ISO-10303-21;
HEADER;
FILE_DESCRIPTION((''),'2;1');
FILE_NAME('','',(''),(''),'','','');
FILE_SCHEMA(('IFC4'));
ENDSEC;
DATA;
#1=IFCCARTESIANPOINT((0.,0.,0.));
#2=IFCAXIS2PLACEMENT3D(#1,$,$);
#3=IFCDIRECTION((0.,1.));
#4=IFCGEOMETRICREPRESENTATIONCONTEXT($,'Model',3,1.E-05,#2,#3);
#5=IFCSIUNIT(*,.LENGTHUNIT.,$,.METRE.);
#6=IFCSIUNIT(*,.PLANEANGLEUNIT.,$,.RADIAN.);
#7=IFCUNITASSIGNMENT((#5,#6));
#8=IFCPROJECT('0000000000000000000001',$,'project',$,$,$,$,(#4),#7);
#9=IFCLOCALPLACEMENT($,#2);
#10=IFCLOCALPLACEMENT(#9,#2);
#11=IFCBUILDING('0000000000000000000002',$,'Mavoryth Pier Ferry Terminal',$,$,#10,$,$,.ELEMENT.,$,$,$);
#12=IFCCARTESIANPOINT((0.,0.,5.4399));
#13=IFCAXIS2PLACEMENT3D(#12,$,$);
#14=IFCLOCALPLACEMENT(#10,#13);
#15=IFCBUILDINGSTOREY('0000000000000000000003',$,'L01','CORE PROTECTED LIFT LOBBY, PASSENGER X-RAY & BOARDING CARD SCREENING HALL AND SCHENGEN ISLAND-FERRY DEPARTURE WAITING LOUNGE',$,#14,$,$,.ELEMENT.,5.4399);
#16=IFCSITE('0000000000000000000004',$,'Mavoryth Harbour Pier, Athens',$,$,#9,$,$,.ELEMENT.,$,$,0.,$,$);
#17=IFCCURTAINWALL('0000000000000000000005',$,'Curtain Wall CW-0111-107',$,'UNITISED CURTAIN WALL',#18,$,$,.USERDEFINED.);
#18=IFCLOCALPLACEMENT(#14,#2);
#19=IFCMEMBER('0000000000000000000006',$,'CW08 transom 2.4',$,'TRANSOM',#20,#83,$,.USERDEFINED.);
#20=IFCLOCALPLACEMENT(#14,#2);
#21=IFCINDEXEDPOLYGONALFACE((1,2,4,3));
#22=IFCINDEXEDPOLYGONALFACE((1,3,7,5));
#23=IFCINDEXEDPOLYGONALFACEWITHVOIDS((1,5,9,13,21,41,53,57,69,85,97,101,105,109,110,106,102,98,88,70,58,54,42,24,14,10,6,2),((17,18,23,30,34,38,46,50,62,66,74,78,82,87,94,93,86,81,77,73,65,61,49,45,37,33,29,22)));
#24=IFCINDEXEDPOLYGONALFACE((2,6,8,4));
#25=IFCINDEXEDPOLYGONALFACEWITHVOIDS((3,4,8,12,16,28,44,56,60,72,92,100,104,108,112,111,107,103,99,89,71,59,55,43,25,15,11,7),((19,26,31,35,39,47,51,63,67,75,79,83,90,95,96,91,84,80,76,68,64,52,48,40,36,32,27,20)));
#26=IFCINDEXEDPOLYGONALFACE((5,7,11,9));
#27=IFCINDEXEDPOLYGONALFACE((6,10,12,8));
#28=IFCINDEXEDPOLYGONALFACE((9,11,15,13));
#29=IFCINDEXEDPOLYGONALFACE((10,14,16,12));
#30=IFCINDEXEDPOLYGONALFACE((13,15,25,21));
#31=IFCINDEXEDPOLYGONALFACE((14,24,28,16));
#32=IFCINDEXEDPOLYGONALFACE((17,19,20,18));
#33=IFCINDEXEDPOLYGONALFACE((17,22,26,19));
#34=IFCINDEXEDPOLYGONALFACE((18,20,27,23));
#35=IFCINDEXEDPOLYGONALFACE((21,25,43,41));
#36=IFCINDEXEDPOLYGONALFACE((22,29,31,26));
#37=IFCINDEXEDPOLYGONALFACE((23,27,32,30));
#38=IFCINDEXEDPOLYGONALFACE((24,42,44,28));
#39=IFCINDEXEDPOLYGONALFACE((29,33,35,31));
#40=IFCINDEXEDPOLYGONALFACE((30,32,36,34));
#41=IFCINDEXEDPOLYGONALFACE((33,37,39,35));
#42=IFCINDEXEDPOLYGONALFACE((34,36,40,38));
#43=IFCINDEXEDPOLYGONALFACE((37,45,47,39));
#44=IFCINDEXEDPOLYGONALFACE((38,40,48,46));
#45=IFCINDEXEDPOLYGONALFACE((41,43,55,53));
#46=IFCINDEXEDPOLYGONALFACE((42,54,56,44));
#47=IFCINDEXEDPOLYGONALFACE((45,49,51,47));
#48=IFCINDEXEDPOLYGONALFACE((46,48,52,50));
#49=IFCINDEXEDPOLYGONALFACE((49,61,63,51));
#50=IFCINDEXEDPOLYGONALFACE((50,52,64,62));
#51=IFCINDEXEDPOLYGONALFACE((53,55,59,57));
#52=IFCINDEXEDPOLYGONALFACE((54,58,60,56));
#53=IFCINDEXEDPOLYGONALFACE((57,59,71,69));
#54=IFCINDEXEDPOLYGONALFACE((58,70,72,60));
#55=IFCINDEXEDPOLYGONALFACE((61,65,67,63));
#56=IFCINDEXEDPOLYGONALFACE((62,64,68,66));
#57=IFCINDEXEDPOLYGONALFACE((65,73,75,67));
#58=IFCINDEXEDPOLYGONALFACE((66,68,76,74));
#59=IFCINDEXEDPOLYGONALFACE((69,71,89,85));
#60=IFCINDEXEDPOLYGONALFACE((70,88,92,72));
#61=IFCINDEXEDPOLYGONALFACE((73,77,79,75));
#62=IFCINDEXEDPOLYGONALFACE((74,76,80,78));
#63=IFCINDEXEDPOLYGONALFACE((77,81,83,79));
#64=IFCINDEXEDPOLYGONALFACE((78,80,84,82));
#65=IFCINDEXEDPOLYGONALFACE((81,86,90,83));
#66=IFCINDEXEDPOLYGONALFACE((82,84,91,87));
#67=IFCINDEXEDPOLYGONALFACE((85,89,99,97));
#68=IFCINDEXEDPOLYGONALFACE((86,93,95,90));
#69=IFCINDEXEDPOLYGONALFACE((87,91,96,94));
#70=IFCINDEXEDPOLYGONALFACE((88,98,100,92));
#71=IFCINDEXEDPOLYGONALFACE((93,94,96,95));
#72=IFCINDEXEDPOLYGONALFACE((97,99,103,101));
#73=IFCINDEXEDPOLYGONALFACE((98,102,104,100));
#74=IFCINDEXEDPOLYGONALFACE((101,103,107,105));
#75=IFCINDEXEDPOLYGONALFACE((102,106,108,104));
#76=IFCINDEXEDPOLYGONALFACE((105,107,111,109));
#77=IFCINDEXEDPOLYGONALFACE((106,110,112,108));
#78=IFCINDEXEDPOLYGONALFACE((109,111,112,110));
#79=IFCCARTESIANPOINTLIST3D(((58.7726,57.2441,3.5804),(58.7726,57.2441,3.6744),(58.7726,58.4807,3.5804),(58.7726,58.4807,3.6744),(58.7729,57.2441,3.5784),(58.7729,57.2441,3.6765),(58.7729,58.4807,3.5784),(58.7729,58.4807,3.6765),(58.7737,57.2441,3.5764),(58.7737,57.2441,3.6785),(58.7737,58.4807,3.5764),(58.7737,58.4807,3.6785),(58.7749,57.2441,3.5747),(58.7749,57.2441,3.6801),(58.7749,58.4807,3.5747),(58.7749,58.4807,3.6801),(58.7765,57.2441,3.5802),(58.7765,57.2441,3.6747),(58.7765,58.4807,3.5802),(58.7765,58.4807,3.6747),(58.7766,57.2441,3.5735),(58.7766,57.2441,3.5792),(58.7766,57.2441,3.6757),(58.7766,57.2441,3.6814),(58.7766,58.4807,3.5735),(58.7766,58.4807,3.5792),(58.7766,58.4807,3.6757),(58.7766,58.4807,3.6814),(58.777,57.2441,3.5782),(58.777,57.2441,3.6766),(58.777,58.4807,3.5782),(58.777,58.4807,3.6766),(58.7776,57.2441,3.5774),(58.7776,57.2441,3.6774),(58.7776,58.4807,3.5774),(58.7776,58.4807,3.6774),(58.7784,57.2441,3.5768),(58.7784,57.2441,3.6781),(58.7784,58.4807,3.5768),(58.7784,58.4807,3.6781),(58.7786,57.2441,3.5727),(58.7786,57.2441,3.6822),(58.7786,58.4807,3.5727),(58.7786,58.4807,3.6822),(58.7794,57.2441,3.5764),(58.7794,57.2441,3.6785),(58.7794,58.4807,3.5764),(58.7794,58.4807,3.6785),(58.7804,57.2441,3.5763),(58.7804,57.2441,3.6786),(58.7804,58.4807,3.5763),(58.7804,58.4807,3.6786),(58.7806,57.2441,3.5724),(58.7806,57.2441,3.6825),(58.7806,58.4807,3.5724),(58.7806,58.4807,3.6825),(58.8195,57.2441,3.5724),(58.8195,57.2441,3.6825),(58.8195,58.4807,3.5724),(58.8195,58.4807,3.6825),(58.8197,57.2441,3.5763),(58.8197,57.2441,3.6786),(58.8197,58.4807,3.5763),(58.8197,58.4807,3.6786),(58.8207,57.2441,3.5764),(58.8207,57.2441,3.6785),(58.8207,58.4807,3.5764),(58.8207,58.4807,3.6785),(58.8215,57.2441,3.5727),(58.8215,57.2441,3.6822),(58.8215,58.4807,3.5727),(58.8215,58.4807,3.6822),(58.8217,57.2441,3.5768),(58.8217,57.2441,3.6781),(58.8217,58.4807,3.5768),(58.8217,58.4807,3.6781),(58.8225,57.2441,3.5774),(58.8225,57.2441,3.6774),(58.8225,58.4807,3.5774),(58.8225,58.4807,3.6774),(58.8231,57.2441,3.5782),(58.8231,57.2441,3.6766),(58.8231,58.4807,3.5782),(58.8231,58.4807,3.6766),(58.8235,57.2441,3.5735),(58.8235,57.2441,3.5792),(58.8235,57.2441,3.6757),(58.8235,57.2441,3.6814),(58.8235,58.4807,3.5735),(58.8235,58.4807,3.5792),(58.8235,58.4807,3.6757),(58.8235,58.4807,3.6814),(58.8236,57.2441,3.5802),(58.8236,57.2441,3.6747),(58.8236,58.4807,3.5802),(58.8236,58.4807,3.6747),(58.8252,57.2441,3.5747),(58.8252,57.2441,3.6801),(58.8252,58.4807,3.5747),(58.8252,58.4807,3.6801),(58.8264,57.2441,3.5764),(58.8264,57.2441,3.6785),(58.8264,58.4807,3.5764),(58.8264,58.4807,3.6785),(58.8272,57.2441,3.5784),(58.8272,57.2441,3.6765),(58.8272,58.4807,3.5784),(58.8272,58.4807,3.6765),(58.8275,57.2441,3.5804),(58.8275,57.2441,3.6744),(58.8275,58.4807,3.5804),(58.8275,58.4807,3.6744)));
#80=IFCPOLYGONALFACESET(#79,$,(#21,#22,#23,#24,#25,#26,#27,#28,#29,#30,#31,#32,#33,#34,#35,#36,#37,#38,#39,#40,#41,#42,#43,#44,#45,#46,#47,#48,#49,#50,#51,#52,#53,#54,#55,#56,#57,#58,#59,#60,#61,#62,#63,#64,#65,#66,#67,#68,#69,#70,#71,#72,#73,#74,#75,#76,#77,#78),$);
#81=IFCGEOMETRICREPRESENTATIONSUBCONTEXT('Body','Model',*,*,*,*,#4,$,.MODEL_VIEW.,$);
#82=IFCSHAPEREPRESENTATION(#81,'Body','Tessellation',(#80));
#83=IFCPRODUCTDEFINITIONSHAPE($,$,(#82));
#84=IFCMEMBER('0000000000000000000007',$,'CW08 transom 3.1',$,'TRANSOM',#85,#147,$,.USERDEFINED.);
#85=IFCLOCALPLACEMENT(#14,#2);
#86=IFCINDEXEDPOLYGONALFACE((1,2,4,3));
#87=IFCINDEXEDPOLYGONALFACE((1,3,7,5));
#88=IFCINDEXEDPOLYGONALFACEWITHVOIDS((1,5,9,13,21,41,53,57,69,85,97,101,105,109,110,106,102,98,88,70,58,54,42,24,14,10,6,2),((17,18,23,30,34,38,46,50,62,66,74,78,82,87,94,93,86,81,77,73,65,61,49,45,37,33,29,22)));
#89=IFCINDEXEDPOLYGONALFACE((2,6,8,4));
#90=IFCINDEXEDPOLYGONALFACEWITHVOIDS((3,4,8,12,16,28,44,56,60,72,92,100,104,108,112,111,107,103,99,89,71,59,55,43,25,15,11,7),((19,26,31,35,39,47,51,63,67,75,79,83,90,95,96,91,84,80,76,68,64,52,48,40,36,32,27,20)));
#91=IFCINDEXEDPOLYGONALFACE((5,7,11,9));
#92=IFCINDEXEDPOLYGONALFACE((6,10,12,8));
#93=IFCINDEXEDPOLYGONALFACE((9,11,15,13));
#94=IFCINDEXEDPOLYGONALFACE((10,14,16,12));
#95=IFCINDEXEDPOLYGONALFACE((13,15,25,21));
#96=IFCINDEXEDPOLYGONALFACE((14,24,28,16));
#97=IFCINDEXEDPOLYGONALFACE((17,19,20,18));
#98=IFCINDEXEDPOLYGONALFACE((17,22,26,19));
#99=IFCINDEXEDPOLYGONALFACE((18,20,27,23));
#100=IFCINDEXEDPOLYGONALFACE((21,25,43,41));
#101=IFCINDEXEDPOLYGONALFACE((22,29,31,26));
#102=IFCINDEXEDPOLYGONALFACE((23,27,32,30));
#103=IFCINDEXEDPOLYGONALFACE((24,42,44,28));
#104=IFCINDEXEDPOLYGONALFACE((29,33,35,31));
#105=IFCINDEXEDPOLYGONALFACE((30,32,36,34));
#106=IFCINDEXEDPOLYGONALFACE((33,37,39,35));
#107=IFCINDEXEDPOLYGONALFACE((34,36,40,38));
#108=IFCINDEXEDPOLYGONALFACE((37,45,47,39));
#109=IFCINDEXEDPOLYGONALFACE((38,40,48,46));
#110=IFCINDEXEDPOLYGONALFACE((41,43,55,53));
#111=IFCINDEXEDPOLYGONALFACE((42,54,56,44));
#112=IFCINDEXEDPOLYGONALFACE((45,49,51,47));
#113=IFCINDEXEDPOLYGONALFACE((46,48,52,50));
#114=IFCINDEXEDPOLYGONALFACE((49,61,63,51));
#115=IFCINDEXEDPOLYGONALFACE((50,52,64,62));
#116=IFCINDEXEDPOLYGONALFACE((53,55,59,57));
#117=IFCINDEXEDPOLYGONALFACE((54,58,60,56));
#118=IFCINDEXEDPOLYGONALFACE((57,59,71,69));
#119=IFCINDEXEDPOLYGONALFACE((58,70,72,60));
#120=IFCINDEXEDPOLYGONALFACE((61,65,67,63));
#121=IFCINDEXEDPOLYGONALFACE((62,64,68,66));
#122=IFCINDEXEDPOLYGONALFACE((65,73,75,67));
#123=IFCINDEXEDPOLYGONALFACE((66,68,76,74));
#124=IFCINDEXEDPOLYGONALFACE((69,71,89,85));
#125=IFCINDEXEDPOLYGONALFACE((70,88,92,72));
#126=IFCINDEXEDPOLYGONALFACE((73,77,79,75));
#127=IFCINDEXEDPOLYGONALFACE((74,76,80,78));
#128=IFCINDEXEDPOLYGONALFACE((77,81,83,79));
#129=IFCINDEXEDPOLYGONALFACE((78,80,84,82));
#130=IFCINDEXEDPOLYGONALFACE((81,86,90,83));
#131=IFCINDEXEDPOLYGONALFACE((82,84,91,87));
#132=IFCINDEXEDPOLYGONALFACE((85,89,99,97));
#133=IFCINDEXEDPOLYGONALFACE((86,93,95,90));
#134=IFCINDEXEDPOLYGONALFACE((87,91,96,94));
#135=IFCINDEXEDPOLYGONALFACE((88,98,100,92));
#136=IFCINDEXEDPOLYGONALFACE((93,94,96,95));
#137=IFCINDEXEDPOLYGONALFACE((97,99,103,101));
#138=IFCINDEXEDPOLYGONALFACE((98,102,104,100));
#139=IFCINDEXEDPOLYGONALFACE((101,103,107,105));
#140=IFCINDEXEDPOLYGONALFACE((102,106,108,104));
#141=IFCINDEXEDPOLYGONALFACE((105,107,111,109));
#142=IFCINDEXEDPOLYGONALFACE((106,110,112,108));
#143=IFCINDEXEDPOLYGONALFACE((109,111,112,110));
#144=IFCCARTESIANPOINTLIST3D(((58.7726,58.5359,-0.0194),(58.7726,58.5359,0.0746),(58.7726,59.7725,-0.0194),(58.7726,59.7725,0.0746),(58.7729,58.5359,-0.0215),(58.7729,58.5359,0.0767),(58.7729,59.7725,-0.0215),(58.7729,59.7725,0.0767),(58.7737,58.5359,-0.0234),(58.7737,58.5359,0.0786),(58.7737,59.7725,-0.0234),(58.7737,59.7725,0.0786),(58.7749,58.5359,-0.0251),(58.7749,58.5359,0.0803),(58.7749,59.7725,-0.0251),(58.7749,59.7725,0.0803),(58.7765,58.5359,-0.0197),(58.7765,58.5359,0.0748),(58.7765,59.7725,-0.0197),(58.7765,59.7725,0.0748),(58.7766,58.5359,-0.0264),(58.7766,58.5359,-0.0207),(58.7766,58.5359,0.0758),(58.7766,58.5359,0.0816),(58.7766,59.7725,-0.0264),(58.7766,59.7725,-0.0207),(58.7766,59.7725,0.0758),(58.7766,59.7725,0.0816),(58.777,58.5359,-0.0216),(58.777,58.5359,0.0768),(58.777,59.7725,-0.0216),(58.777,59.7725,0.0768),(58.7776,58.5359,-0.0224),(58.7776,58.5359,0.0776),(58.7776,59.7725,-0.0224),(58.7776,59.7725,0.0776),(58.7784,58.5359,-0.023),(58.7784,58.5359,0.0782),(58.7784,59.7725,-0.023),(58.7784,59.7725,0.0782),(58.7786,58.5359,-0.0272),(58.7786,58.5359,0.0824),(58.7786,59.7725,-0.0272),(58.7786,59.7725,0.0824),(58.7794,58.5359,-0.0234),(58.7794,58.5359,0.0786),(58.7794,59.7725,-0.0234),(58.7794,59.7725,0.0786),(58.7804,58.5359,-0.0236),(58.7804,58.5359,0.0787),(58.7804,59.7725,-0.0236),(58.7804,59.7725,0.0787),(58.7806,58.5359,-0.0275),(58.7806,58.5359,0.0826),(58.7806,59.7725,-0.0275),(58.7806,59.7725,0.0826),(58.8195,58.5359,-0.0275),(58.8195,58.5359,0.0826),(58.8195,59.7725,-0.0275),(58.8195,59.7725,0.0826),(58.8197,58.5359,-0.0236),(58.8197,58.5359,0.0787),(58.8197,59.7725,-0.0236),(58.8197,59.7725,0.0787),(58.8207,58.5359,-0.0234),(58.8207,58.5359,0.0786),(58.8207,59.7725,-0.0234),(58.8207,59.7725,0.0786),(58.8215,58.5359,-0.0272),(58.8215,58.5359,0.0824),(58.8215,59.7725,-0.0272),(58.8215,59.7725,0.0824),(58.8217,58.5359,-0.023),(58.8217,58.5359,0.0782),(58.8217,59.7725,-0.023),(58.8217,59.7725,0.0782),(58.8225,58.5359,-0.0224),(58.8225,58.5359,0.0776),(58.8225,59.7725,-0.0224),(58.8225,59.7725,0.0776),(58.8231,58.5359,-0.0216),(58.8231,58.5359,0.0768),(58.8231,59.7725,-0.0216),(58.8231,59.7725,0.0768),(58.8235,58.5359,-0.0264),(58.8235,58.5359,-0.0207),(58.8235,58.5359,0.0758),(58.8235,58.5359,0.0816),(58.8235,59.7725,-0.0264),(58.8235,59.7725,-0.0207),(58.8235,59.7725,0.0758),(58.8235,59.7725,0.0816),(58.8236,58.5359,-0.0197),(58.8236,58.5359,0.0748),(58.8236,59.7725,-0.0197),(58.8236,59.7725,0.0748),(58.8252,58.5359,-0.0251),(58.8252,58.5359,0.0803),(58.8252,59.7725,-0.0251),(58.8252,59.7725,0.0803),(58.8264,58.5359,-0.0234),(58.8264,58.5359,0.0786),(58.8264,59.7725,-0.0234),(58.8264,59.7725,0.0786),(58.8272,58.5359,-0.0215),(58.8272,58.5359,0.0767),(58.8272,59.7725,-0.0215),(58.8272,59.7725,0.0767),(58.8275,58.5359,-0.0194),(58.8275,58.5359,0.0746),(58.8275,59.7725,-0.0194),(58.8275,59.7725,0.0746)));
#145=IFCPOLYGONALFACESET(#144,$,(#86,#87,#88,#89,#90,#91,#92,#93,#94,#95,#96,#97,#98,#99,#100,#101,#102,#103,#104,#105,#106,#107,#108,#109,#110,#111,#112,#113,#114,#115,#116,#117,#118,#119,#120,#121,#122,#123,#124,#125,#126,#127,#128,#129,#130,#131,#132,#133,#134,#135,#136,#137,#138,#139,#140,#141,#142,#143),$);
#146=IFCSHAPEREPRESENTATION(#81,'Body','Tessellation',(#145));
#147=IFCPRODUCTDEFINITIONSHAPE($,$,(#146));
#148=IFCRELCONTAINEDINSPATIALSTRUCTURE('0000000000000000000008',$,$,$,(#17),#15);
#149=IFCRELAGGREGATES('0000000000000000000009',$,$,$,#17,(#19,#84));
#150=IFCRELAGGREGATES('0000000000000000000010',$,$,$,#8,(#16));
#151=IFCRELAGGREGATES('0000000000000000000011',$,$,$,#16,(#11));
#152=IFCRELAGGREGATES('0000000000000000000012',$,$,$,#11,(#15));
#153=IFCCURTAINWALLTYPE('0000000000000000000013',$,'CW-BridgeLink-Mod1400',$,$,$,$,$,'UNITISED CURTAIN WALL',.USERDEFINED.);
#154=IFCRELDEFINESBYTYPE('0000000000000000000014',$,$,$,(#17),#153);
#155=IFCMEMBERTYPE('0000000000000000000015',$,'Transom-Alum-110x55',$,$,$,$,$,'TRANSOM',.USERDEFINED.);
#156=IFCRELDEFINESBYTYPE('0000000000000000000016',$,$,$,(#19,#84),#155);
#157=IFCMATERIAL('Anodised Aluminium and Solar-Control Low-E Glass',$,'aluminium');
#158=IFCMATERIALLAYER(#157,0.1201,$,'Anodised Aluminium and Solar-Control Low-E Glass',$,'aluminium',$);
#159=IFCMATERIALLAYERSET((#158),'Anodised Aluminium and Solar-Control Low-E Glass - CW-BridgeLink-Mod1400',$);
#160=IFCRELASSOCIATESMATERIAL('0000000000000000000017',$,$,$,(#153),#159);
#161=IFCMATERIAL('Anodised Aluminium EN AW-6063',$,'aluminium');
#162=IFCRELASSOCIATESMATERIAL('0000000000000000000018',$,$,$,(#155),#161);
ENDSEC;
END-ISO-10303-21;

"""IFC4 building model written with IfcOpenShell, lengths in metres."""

from ifc_helpers import new_model, si_unit, direction, frame, origin, origin_2d, place, context, subcontext, project, spatial, hollow_rectangle, extrude, material, layer, layer_set, material_profile, profile_set, type_object, element, aggregate, save


model = new_model("IFC4")

# Units and contexts
model_context = context("Model", 3, precision=1e-05, world=origin(), true_north=direction((0.0, 1.0)))
body_context = subcontext(model_context, "Body", "Model", "MODEL_VIEW")
ifc_project = project(units=[si_unit("LENGTHUNIT", "METRE"), si_unit("PLANEANGLEUNIT", "RADIAN")], contexts=[model_context])

# Site, building, storey
site_placement = place(None, origin())
site = spatial("IfcSite", under=ifc_project, at=site_placement, Name="Mavoryth Harbour Pier, Athens", CompositionType="ELEMENT", RefElevation=0.0)
building_placement = place(site_placement, origin())
building = spatial("IfcBuilding", under=site, at=building_placement, Name="Mavoryth Pier Ferry Terminal", CompositionType="ELEMENT")
storey_placement = place(building_placement, frame((0.0, 0.0, 5.4399)))
storey = spatial("IfcBuildingStorey", under=building, at=storey_placement, Name="L01", Description="CORE PROTECTED LIFT LOBBY, PASSENGER X-RAY & BOARDING CARD SCREENING HALL AND SCHENGEN ISLAND-FERRY DEPARTURE WAITING LOUNGE", CompositionType="ELEMENT", Elevation=5.4399)

# Shared definitions
ifc_material_1 = material(Name="Anodised Aluminium and Solar-Control Low-E Glass", Category="aluminium")
ifc_layer_1 = layer(ifc_material_1, 0.1201, Name="Anodised Aluminium and Solar-Control Low-E Glass", Category="aluminium")
ifc_layer_set_1 = layer_set([ifc_layer_1], Name="Anodised Aluminium and Solar-Control Low-E Glass - CW-BridgeLink-Mod1400")
curtain_wall_type = type_object("IfcCurtainWallType", Name="CW-BridgeLink-Mod1400", ElementType="UNITISED CURTAIN WALL", PredefinedType="USERDEFINED", material=ifc_layer_set_1)
ifc_material_2 = material(Name="Anodised Aluminium EN AW-6063", Category="aluminium")

# Curtain wall
curtain_wall_1_placement = place(storey_placement, origin())
curtain_wall_1 = element("IfcCurtainWall", 1, at=curtain_wall_1_placement, inside=storey, type_object=curtain_wall_type, Name="Curtain Wall CW-0111-107", ObjectType="UNITISED CURTAIN WALL", PredefinedType="USERDEFINED")

# Members
ifc_material_profile_1 = material_profile(ifc_material_2, hollow_rectangle(XDim=0.0549, YDim=0.1101, WallThickness=0.0039, InnerFilletRadius=0.0039, OuterFilletRadius=0.0081, at=origin_2d()), Name="AL-TRAN 110x55x4", Category="aluminium")
ifc_profile_set_1 = profile_set([ifc_material_profile_1], Name="Anodised Aluminium EN AW-6063 - AL-TRAN 110x55x4")
member_type_1 = type_object("IfcMemberType", Name="Transom-Alum-110x55", ElementType="TRANSOM", PredefinedType="USERDEFINED", material=ifc_profile_set_1)
member_1_placement = place(storey_placement, frame((58.8, 57.2441, 3.6274), z_axis=(0.0, 1.0, 0.0), x_axis=(-1.0, 0.0, 0.0)))
member_1 = element("IfcMember", 2, at=member_1_placement, type_object=member_type_1, Name="CW08 transom 2.4", ObjectType="TRANSOM", PredefinedType="USERDEFINED", context=body_context, shape_type="SweptSolid", body=[
    extrude(hollow_rectangle(XDim=0.0549, YDim=0.1101, WallThickness=0.0039, InnerFilletRadius=0.0039, OuterFilletRadius=0.0081, at=origin_2d()), origin(), (0.0, 0.0, 1.0), 1.2366),
])
member_2_placement = place(storey_placement, frame((58.8, 58.5359, 0.0276), z_axis=(0.0, 1.0, 0.0), x_axis=(-1.0, 0.0, 0.0)))
member_2 = element("IfcMember", 3, at=member_2_placement, type_object=member_type_1, Name="CW08 transom 3.1", ObjectType="TRANSOM", PredefinedType="USERDEFINED", context=body_context, shape_type="SweptSolid", body=[
    extrude(hollow_rectangle(XDim=0.0549, YDim=0.1101, WallThickness=0.0039, InnerFilletRadius=0.0039, OuterFilletRadius=0.0081, at=origin_2d()), origin(), (0.0, 0.0, 1.0), 1.2366),
])

aggregate(curtain_wall_1, [member_1, member_2])

save(model, "model.ifc")
